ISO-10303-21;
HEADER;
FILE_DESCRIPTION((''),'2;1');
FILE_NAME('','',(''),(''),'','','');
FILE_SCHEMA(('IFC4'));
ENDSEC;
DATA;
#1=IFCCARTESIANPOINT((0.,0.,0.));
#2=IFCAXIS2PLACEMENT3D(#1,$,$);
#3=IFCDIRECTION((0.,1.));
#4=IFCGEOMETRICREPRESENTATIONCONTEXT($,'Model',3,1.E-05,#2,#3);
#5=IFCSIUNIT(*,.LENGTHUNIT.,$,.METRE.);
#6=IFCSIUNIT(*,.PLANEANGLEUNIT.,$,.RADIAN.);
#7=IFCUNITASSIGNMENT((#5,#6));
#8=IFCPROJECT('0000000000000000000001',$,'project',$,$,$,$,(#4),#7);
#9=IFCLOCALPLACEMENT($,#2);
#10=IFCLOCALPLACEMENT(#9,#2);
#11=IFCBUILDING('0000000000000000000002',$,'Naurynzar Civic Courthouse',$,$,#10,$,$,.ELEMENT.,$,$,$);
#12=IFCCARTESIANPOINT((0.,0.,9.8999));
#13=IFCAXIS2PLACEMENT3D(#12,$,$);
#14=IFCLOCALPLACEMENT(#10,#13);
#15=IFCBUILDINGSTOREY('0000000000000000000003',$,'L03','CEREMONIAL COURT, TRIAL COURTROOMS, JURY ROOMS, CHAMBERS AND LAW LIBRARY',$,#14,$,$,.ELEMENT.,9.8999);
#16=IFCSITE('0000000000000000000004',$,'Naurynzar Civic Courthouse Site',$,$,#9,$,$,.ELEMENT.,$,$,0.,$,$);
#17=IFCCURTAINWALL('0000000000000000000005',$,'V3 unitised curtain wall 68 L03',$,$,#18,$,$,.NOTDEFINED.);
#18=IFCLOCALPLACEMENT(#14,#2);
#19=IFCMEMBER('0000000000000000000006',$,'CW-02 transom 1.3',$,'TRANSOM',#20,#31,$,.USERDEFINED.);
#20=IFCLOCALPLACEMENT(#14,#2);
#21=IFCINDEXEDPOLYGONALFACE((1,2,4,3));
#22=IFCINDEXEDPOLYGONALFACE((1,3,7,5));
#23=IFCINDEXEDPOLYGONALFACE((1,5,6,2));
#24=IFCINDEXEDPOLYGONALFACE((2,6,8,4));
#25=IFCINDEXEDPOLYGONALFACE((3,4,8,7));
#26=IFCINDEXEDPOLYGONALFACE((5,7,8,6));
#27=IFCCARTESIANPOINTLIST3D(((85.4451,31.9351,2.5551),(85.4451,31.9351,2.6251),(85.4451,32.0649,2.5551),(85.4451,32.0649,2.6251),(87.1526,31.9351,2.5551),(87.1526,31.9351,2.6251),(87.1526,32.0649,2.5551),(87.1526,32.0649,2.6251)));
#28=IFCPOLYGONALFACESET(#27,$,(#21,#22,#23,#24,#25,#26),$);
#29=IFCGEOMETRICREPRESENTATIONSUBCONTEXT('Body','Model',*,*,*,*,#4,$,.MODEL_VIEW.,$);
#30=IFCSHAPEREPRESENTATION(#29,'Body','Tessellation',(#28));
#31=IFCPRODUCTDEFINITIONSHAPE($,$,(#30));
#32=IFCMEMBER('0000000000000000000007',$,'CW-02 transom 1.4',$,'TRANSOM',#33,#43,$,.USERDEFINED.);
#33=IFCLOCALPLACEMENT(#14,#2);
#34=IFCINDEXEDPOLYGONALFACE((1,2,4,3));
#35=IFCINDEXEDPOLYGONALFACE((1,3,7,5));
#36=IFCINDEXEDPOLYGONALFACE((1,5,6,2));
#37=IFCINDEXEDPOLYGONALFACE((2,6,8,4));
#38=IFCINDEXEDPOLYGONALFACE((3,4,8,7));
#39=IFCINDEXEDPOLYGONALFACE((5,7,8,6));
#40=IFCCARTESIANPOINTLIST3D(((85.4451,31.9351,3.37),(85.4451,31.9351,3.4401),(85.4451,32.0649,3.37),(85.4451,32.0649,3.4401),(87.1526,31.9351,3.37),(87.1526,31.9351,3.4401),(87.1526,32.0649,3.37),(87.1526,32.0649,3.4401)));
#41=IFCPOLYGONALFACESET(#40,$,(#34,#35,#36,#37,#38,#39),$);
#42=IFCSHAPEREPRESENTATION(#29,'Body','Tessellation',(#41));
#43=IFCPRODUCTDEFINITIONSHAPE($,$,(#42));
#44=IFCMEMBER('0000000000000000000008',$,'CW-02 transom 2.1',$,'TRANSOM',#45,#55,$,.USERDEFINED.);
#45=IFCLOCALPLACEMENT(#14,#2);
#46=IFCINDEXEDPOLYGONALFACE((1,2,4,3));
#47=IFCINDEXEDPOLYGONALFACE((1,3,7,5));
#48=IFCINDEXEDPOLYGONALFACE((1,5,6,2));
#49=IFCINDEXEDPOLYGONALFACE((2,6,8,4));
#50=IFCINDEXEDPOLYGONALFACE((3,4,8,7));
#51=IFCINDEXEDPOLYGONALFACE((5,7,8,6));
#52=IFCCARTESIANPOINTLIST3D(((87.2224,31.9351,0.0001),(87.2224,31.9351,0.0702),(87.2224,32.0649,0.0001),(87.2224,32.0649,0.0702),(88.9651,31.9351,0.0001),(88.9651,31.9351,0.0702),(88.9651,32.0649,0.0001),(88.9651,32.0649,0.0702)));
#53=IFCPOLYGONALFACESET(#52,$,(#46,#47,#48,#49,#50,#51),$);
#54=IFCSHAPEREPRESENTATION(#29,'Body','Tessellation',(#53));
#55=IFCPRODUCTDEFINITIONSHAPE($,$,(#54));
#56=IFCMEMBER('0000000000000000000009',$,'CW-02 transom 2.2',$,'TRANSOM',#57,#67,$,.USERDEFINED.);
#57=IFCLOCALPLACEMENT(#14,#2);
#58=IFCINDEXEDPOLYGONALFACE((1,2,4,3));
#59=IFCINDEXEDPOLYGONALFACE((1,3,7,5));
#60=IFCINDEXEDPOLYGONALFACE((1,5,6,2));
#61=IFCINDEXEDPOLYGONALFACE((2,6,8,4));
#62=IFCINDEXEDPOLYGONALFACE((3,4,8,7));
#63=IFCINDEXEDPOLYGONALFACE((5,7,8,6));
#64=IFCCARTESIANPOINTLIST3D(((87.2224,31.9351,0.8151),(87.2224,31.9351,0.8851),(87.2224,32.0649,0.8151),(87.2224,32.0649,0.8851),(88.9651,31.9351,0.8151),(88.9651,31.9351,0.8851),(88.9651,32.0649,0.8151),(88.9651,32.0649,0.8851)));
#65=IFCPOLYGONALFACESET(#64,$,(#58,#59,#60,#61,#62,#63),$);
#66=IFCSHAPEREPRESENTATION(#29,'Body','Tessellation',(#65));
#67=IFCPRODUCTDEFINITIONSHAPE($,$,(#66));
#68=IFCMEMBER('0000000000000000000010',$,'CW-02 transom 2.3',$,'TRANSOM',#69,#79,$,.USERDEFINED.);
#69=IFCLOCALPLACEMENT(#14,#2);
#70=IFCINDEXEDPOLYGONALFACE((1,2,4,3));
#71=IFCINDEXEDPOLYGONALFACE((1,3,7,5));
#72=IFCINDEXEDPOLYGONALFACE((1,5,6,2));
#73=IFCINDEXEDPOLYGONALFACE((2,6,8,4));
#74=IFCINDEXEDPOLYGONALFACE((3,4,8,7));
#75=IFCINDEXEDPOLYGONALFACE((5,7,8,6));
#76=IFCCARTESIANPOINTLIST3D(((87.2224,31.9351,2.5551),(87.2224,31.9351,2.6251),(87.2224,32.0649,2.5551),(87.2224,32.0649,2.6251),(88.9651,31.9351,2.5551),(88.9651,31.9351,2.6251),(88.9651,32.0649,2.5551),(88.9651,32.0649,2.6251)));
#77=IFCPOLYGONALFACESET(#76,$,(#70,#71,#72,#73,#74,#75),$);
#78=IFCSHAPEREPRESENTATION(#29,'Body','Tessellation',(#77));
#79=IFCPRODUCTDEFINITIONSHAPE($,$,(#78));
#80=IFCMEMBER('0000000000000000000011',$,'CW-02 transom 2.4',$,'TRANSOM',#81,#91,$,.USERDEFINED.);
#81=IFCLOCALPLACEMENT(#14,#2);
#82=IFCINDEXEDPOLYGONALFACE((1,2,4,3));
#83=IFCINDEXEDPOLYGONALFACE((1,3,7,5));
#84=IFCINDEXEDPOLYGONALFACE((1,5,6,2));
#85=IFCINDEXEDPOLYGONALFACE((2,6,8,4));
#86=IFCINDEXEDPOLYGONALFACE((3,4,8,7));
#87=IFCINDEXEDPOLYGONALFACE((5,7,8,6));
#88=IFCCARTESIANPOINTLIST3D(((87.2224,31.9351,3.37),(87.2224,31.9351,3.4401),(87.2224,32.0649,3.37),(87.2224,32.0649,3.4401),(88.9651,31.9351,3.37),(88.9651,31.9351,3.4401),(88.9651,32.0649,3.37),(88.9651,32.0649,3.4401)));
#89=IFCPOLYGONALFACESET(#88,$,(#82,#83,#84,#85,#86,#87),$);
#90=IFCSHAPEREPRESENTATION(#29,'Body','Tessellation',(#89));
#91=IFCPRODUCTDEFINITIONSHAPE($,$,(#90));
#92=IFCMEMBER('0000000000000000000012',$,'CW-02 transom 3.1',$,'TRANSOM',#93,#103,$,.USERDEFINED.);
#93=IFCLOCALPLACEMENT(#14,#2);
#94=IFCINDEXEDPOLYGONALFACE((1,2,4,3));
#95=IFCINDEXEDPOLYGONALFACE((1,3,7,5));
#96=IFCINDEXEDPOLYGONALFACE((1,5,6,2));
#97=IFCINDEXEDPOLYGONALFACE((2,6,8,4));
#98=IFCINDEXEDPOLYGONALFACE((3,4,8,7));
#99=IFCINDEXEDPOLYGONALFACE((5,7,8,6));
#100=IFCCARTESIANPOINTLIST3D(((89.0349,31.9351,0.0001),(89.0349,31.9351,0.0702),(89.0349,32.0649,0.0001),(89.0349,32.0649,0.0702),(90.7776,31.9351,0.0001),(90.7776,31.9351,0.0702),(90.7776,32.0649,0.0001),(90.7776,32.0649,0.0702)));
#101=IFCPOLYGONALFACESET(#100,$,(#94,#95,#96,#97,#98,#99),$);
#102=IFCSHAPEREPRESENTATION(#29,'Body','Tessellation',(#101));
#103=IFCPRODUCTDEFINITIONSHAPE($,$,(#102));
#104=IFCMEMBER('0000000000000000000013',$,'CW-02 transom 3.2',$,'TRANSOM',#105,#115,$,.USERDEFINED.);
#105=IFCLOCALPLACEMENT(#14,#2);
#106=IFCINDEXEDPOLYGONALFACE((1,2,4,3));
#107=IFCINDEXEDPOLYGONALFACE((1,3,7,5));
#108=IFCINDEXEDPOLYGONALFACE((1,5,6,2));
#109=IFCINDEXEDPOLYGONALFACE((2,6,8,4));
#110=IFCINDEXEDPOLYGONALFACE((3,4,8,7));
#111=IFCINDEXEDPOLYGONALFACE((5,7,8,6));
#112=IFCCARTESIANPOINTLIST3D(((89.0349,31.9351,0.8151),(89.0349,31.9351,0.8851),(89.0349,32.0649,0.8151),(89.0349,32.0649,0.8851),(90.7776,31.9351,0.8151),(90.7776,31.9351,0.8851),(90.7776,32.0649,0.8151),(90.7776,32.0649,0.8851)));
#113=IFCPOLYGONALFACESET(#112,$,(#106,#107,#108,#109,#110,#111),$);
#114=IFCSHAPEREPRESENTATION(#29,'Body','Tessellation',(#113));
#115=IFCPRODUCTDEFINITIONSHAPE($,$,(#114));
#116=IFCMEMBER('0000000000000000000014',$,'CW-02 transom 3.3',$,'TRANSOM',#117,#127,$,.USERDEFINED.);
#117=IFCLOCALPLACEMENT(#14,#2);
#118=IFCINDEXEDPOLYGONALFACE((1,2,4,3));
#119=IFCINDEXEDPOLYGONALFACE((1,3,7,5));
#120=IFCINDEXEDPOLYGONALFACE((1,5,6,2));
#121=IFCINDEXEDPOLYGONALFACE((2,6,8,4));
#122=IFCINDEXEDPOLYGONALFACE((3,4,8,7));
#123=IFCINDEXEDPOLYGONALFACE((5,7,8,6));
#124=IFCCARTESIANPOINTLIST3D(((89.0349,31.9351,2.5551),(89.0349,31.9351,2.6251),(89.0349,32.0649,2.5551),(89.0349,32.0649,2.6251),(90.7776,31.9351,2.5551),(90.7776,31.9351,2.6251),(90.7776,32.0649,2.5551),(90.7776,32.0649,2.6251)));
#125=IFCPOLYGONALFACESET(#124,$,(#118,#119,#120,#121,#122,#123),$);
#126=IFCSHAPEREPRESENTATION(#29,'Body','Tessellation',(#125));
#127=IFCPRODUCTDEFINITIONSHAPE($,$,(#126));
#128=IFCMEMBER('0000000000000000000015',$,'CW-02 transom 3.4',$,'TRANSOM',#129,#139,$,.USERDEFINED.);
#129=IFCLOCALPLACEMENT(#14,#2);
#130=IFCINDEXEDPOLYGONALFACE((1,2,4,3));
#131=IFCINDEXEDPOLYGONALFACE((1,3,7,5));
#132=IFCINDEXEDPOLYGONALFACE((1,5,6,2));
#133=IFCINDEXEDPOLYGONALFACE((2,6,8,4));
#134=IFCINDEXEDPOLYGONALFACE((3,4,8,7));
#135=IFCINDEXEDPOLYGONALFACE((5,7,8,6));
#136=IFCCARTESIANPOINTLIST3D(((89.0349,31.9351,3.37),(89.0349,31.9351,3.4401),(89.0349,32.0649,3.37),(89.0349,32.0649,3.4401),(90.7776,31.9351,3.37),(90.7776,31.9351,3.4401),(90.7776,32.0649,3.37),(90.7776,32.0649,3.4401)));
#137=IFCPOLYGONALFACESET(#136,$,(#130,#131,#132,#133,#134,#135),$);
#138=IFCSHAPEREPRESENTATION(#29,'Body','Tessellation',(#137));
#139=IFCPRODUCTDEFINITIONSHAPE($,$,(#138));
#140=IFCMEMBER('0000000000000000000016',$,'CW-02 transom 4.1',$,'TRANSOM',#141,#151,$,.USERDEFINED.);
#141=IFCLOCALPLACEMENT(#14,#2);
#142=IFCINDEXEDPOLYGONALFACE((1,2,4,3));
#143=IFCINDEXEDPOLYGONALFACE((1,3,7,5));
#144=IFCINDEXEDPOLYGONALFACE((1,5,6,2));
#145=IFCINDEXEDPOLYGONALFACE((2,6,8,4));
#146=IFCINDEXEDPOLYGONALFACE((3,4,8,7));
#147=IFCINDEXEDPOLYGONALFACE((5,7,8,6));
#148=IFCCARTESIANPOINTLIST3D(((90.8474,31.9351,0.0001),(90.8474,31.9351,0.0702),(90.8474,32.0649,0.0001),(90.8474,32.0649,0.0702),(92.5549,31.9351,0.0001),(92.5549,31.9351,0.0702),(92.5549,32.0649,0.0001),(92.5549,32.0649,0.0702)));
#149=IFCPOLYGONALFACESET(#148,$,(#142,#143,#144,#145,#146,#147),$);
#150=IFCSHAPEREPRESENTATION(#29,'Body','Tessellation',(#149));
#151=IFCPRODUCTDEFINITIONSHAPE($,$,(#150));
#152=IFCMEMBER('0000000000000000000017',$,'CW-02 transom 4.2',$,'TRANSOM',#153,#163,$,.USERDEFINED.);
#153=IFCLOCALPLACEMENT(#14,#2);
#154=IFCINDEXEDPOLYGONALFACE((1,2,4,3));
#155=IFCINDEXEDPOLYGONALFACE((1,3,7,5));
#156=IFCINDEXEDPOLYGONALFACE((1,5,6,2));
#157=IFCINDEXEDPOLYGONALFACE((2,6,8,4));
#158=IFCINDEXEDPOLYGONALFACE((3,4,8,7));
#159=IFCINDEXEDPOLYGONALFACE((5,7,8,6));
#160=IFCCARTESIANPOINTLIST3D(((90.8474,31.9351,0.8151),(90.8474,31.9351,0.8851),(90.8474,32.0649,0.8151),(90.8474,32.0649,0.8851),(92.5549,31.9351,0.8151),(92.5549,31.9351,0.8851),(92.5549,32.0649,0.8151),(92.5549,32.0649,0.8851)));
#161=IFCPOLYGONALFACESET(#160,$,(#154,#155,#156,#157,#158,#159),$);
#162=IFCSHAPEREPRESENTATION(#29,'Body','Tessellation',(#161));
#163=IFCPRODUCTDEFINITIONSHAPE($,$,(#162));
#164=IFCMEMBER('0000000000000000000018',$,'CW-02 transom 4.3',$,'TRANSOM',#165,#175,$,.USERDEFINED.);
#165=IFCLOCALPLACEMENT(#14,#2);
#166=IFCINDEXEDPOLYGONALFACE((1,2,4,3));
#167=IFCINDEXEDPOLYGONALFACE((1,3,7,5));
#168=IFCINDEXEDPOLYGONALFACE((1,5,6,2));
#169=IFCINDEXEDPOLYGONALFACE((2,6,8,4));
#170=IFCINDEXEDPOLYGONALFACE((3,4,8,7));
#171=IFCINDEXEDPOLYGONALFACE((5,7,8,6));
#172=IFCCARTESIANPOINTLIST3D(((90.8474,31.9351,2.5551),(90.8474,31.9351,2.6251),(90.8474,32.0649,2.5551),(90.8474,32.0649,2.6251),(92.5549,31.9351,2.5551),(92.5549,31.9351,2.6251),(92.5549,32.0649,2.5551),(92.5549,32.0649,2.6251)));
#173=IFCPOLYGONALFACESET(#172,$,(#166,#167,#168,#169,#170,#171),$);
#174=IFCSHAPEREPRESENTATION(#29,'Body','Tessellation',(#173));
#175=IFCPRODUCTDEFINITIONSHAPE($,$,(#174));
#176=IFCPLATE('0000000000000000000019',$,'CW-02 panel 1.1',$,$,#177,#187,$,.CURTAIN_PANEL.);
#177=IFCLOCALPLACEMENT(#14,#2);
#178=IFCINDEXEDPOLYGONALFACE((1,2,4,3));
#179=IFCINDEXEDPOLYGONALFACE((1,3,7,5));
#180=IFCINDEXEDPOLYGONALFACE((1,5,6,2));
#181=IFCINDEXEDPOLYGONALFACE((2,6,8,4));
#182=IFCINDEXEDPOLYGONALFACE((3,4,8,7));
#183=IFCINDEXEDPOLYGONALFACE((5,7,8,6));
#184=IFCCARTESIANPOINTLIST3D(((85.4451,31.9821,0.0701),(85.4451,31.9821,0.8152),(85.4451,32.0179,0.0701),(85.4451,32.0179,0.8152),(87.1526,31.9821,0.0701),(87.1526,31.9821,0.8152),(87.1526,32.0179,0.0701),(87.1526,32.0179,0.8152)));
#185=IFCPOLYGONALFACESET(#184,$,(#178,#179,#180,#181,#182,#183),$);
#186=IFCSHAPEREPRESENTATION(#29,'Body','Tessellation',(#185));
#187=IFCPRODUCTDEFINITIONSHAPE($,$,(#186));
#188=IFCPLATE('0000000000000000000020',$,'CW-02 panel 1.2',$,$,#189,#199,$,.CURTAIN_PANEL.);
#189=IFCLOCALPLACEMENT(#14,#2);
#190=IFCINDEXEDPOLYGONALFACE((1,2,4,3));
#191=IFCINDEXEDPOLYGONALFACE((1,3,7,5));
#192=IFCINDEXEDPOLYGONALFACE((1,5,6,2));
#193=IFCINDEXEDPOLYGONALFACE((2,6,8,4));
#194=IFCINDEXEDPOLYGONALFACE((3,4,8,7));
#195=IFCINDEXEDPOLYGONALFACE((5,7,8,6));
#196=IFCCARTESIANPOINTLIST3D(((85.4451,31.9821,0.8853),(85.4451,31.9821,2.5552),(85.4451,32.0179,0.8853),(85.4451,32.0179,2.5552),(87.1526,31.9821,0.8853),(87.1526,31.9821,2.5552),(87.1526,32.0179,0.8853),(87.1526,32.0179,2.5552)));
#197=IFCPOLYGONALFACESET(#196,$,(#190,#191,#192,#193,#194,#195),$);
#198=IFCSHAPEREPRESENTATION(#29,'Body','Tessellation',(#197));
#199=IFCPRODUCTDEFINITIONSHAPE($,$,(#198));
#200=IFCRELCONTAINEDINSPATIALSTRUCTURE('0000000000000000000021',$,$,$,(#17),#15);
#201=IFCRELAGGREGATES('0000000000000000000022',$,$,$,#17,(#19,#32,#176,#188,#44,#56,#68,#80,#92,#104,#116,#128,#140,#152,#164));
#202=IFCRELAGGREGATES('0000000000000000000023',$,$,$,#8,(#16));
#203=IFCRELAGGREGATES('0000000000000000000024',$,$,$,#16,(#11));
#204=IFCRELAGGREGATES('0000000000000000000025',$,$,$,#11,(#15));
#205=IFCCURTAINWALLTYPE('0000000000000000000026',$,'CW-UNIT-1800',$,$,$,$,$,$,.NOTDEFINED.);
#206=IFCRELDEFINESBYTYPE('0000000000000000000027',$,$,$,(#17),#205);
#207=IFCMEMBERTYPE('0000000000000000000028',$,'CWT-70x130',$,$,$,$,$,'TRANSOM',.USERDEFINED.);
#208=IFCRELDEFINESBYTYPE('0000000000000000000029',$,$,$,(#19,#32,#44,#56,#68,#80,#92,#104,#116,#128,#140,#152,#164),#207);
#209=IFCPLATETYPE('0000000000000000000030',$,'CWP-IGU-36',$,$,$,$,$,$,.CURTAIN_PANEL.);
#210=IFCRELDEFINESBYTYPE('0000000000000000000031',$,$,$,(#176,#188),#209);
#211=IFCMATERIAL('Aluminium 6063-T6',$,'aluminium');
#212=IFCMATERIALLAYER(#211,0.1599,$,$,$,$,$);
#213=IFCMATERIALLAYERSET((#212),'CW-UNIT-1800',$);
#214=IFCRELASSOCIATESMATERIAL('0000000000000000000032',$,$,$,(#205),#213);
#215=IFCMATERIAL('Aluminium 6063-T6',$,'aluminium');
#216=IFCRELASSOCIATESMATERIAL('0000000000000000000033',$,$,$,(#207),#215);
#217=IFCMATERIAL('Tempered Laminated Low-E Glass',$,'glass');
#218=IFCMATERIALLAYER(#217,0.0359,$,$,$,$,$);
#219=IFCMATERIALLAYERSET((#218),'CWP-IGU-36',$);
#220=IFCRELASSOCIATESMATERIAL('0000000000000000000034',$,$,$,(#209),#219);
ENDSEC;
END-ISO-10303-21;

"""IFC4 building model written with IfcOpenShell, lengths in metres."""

from ifc_helpers import new_model, si_unit, direction, frame, origin, origin_2d, place, context, subcontext, project, spatial, rectangle, extrude, material, layer, layer_set, material_profile, profile_set, type_object, element, aggregate, save


model = new_model("IFC4")

# Units and contexts
model_context = context("Model", 3, precision=1e-05, world=origin(), true_north=direction((0.0, 1.0)))
body_context = subcontext(model_context, "Body", "Model", "MODEL_VIEW")
ifc_project = project(units=[si_unit("LENGTHUNIT", "METRE"), si_unit("PLANEANGLEUNIT", "RADIAN")], contexts=[model_context])

# Site, building, storey
site_placement = place(None, origin())
site = spatial("IfcSite", under=ifc_project, at=site_placement, Name="Naurynzar Civic Courthouse Site", CompositionType="ELEMENT", RefElevation=0.0)
building_placement = place(site_placement, origin())
building = spatial("IfcBuilding", under=site, at=building_placement, Name="Naurynzar Civic Courthouse", CompositionType="ELEMENT")
storey_placement = place(building_placement, frame((0.0, 0.0, 9.8999)))
storey = spatial("IfcBuildingStorey", under=building, at=storey_placement, Name="L03", Description="CEREMONIAL COURT, TRIAL COURTROOMS, JURY ROOMS, CHAMBERS AND LAW LIBRARY", CompositionType="ELEMENT", Elevation=9.8999)

# Curtain wall, members, plates
ifc_material_1 = material(Name="Aluminium 6063-T6", Category="aluminium")
ifc_layer_1 = layer(ifc_material_1, 0.1599)
ifc_layer_set_1 = layer_set([ifc_layer_1], Name="CW-UNIT-1800")
curtain_wall_type = type_object("IfcCurtainWallType", Name="CW-UNIT-1800", PredefinedType="NOTDEFINED", material=ifc_layer_set_1)
curtain_wall_placement = place(storey_placement, origin())
curtain_wall = element("IfcCurtainWall", 1, at=curtain_wall_placement, inside=storey, type_object=curtain_wall_type, Name="V3 unitised curtain wall 68 L03", PredefinedType="NOTDEFINED")
ifc_material_2 = material(Name="Aluminium 6063-T6", Category="aluminium")
ifc_material_profile_1 = material_profile(ifc_material_2, rectangle(XDim=0.1299, YDim=0.0701, at=origin_2d()), Name="ALU TRANSOM 70x130")
ifc_profile_set_1 = profile_set([ifc_material_profile_1], Name="Aluminium 6063-T6")
member_type_1 = type_object("IfcMemberType", Name="CWT-70x130", ElementType="TRANSOM", PredefinedType="USERDEFINED", material=ifc_profile_set_1)
member_1_placement = place(storey_placement, frame((85.4451, 32.0, 2.5901), z_axis=(1.0, 0.0, 0.0), x_axis=(0.0, 1.0, 0.0)))
member_1 = element("IfcMember", 2, at=member_1_placement, type_object=member_type_1, Name="CW-02 transom 1.3", ObjectType="TRANSOM", PredefinedType="USERDEFINED", context=body_context, shape_type="SweptSolid", body=[
    extrude(rectangle(XDim=0.1299, YDim=0.0701, at=origin_2d()), origin(), (0.0, 0.0, 1.0), 1.7075),
])
member_2_placement = place(storey_placement, frame((85.4451, 32.0, 3.405), z_axis=(1.0, 0.0, 0.0), x_axis=(0.0, 1.0, 0.0)))
member_2 = element("IfcMember", 3, at=member_2_placement, type_object=member_type_1, Name="CW-02 transom 1.4", ObjectType="TRANSOM", PredefinedType="USERDEFINED", context=body_context, shape_type="SweptSolid", body=[
    extrude(rectangle(XDim=0.1299, YDim=0.0701, at=origin_2d()), origin(), (0.0, 0.0, 1.0), 1.7075),
])
member_3_placement = place(storey_placement, frame((87.2224, 32.0, 0.0352), z_axis=(1.0, 0.0, 0.0), x_axis=(0.0, 1.0, 0.0)))
member_3 = element("IfcMember", 4, at=member_3_placement, type_object=member_type_1, Name="CW-02 transom 2.1", ObjectType="TRANSOM", PredefinedType="USERDEFINED", context=body_context, shape_type="SweptSolid", body=[
    extrude(rectangle(XDim=0.1299, YDim=0.0701, at=origin_2d()), origin(), (0.0, 0.0, 1.0), 1.7427),
])
member_4_placement = place(storey_placement, frame((87.2224, 32.0, 0.8501), z_axis=(1.0, 0.0, 0.0), x_axis=(0.0, 1.0, 0.0)))
member_4 = element("IfcMember", 5, at=member_4_placement, type_object=member_type_1, Name="CW-02 transom 2.2", ObjectType="TRANSOM", PredefinedType="USERDEFINED", context=body_context, shape_type="SweptSolid", body=[
    extrude(rectangle(XDim=0.1299, YDim=0.0701, at=origin_2d()), origin(), (0.0, 0.0, 1.0), 1.7427),
])
member_5_placement = place(storey_placement, frame((87.2224, 32.0, 2.5901), z_axis=(1.0, 0.0, 0.0), x_axis=(0.0, 1.0, 0.0)))
member_5 = element("IfcMember", 6, at=member_5_placement, type_object=member_type_1, Name="CW-02 transom 2.3", ObjectType="TRANSOM", PredefinedType="USERDEFINED", context=body_context, shape_type="SweptSolid", body=[
    extrude(rectangle(XDim=0.1299, YDim=0.0701, at=origin_2d()), origin(), (0.0, 0.0, 1.0), 1.7427),
])
member_6_placement = place(storey_placement, frame((87.2224, 32.0, 3.405), z_axis=(1.0, 0.0, 0.0), x_axis=(0.0, 1.0, 0.0)))
member_6 = element("IfcMember", 7, at=member_6_placement, type_object=member_type_1, Name="CW-02 transom 2.4", ObjectType="TRANSOM", PredefinedType="USERDEFINED", context=body_context, shape_type="SweptSolid", body=[
    extrude(rectangle(XDim=0.1299, YDim=0.0701, at=origin_2d()), origin(), (0.0, 0.0, 1.0), 1.7427),
])
member_7_placement = place(storey_placement, frame((89.0349, 32.0, 0.0352), z_axis=(1.0, 0.0, 0.0), x_axis=(0.0, 1.0, 0.0)))
member_7 = element("IfcMember", 8, at=member_7_placement, type_object=member_type_1, Name="CW-02 transom 3.1", ObjectType="TRANSOM", PredefinedType="USERDEFINED", context=body_context, shape_type="SweptSolid", body=[
    extrude(rectangle(XDim=0.1299, YDim=0.0701, at=origin_2d()), origin(), (0.0, 0.0, 1.0), 1.7427),
])
member_8_placement = place(storey_placement, frame((89.0349, 32.0, 0.8501), z_axis=(1.0, 0.0, 0.0), x_axis=(0.0, 1.0, 0.0)))
member_8 = element("IfcMember", 9, at=member_8_placement, type_object=member_type_1, Name="CW-02 transom 3.2", ObjectType="TRANSOM", PredefinedType="USERDEFINED", context=body_context, shape_type="SweptSolid", body=[
    extrude(rectangle(XDim=0.1299, YDim=0.0701, at=origin_2d()), origin(), (0.0, 0.0, 1.0), 1.7427),
])
member_9_placement = place(storey_placement, frame((89.0349, 32.0, 2.5901), z_axis=(1.0, 0.0, 0.0), x_axis=(0.0, 1.0, 0.0)))
member_9 = element("IfcMember", 10, at=member_9_placement, type_object=member_type_1, Name="CW-02 transom 3.3", ObjectType="TRANSOM", PredefinedType="USERDEFINED", context=body_context, shape_type="SweptSolid", body=[
    extrude(rectangle(XDim=0.1299, YDim=0.0701, at=origin_2d()), origin(), (0.0, 0.0, 1.0), 1.7427),
])
member_10_placement = place(storey_placement, frame((89.0349, 32.0, 3.405), z_axis=(1.0, 0.0, 0.0), x_axis=(0.0, 1.0, 0.0)))
member_10 = element("IfcMember", 11, at=member_10_placement, type_object=member_type_1, Name="CW-02 transom 3.4", ObjectType="TRANSOM", PredefinedType="USERDEFINED", context=body_context, shape_type="SweptSolid", body=[
    extrude(rectangle(XDim=0.1299, YDim=0.0701, at=origin_2d()), origin(), (0.0, 0.0, 1.0), 1.7427),
])
member_11_placement = place(storey_placement, frame((90.8474, 32.0, 0.0352), z_axis=(1.0, 0.0, 0.0), x_axis=(0.0, 1.0, 0.0)))
member_11 = element("IfcMember", 12, at=member_11_placement, type_object=member_type_1, Name="CW-02 transom 4.1", ObjectType="TRANSOM", PredefinedType="USERDEFINED", context=body_context, shape_type="SweptSolid", body=[
    extrude(rectangle(XDim=0.1299, YDim=0.0701, at=origin_2d()), origin(), (0.0, 0.0, 1.0), 1.7075),
])
member_12_placement = place(storey_placement, frame((90.8474, 32.0, 0.8501), z_axis=(1.0, 0.0, 0.0), x_axis=(0.0, 1.0, 0.0)))
member_12 = element("IfcMember", 13, at=member_12_placement, type_object=member_type_1, Name="CW-02 transom 4.2", ObjectType="TRANSOM", PredefinedType="USERDEFINED", context=body_context, shape_type="SweptSolid", body=[
    extrude(rectangle(XDim=0.1299, YDim=0.0701, at=origin_2d()), origin(), (0.0, 0.0, 1.0), 1.7075),
])
member_13_placement = place(storey_placement, frame((90.8474, 32.0, 2.5901), z_axis=(1.0, 0.0, 0.0), x_axis=(0.0, 1.0, 0.0)))
member_13 = element("IfcMember", 14, at=member_13_placement, type_object=member_type_1, Name="CW-02 transom 4.3", ObjectType="TRANSOM", PredefinedType="USERDEFINED", context=body_context, shape_type="SweptSolid", body=[
    extrude(rectangle(XDim=0.1299, YDim=0.0701, at=origin_2d()), origin(), (0.0, 0.0, 1.0), 1.7075),
])
ifc_material_3 = material(Name="Tempered Laminated Low-E Glass", Category="glass")
ifc_layer_2 = layer(ifc_material_3, 0.0359)
ifc_layer_set_2 = layer_set([ifc_layer_2], Name="CWP-IGU-36")
plate_type = type_object("IfcPlateType", Name="CWP-IGU-36", PredefinedType="CURTAIN_PANEL", material=ifc_layer_set_2)
plate_1_placement = place(storey_placement, frame((86.2988, 32.0, 0.0701), z_axis=(0.0, 0.0, 1.0), x_axis=(1.0, 0.0, 0.0)))
plate_1 = element("IfcPlate", 15, at=plate_1_placement, type_object=plate_type, Name="CW-02 panel 1.1", PredefinedType="CURTAIN_PANEL", context=body_context, shape_type="SweptSolid", body=[
    extrude(rectangle(XDim=1.7075, YDim=0.0359, at=origin_2d()), origin(), (0.0, 0.0, 1.0), 0.7451),
])
plate_2_placement = place(storey_placement, frame((86.2988, 32.0, 0.8853), z_axis=(0.0, 0.0, 1.0), x_axis=(1.0, 0.0, 0.0)))
plate_2 = element("IfcPlate", 16, at=plate_2_placement, type_object=plate_type, Name="CW-02 panel 1.2", PredefinedType="CURTAIN_PANEL", context=body_context, shape_type="SweptSolid", body=[
    extrude(rectangle(XDim=1.7075, YDim=0.0359, at=origin_2d()), origin(), (0.0, 0.0, 1.0), 1.6699),
])
aggregate(curtain_wall, [member_1, member_2, plate_1, plate_2, member_3, member_4, member_5, member_6, member_7, member_8, member_9, member_10, member_11, member_12, member_13])

save(model, "model.ifc")
